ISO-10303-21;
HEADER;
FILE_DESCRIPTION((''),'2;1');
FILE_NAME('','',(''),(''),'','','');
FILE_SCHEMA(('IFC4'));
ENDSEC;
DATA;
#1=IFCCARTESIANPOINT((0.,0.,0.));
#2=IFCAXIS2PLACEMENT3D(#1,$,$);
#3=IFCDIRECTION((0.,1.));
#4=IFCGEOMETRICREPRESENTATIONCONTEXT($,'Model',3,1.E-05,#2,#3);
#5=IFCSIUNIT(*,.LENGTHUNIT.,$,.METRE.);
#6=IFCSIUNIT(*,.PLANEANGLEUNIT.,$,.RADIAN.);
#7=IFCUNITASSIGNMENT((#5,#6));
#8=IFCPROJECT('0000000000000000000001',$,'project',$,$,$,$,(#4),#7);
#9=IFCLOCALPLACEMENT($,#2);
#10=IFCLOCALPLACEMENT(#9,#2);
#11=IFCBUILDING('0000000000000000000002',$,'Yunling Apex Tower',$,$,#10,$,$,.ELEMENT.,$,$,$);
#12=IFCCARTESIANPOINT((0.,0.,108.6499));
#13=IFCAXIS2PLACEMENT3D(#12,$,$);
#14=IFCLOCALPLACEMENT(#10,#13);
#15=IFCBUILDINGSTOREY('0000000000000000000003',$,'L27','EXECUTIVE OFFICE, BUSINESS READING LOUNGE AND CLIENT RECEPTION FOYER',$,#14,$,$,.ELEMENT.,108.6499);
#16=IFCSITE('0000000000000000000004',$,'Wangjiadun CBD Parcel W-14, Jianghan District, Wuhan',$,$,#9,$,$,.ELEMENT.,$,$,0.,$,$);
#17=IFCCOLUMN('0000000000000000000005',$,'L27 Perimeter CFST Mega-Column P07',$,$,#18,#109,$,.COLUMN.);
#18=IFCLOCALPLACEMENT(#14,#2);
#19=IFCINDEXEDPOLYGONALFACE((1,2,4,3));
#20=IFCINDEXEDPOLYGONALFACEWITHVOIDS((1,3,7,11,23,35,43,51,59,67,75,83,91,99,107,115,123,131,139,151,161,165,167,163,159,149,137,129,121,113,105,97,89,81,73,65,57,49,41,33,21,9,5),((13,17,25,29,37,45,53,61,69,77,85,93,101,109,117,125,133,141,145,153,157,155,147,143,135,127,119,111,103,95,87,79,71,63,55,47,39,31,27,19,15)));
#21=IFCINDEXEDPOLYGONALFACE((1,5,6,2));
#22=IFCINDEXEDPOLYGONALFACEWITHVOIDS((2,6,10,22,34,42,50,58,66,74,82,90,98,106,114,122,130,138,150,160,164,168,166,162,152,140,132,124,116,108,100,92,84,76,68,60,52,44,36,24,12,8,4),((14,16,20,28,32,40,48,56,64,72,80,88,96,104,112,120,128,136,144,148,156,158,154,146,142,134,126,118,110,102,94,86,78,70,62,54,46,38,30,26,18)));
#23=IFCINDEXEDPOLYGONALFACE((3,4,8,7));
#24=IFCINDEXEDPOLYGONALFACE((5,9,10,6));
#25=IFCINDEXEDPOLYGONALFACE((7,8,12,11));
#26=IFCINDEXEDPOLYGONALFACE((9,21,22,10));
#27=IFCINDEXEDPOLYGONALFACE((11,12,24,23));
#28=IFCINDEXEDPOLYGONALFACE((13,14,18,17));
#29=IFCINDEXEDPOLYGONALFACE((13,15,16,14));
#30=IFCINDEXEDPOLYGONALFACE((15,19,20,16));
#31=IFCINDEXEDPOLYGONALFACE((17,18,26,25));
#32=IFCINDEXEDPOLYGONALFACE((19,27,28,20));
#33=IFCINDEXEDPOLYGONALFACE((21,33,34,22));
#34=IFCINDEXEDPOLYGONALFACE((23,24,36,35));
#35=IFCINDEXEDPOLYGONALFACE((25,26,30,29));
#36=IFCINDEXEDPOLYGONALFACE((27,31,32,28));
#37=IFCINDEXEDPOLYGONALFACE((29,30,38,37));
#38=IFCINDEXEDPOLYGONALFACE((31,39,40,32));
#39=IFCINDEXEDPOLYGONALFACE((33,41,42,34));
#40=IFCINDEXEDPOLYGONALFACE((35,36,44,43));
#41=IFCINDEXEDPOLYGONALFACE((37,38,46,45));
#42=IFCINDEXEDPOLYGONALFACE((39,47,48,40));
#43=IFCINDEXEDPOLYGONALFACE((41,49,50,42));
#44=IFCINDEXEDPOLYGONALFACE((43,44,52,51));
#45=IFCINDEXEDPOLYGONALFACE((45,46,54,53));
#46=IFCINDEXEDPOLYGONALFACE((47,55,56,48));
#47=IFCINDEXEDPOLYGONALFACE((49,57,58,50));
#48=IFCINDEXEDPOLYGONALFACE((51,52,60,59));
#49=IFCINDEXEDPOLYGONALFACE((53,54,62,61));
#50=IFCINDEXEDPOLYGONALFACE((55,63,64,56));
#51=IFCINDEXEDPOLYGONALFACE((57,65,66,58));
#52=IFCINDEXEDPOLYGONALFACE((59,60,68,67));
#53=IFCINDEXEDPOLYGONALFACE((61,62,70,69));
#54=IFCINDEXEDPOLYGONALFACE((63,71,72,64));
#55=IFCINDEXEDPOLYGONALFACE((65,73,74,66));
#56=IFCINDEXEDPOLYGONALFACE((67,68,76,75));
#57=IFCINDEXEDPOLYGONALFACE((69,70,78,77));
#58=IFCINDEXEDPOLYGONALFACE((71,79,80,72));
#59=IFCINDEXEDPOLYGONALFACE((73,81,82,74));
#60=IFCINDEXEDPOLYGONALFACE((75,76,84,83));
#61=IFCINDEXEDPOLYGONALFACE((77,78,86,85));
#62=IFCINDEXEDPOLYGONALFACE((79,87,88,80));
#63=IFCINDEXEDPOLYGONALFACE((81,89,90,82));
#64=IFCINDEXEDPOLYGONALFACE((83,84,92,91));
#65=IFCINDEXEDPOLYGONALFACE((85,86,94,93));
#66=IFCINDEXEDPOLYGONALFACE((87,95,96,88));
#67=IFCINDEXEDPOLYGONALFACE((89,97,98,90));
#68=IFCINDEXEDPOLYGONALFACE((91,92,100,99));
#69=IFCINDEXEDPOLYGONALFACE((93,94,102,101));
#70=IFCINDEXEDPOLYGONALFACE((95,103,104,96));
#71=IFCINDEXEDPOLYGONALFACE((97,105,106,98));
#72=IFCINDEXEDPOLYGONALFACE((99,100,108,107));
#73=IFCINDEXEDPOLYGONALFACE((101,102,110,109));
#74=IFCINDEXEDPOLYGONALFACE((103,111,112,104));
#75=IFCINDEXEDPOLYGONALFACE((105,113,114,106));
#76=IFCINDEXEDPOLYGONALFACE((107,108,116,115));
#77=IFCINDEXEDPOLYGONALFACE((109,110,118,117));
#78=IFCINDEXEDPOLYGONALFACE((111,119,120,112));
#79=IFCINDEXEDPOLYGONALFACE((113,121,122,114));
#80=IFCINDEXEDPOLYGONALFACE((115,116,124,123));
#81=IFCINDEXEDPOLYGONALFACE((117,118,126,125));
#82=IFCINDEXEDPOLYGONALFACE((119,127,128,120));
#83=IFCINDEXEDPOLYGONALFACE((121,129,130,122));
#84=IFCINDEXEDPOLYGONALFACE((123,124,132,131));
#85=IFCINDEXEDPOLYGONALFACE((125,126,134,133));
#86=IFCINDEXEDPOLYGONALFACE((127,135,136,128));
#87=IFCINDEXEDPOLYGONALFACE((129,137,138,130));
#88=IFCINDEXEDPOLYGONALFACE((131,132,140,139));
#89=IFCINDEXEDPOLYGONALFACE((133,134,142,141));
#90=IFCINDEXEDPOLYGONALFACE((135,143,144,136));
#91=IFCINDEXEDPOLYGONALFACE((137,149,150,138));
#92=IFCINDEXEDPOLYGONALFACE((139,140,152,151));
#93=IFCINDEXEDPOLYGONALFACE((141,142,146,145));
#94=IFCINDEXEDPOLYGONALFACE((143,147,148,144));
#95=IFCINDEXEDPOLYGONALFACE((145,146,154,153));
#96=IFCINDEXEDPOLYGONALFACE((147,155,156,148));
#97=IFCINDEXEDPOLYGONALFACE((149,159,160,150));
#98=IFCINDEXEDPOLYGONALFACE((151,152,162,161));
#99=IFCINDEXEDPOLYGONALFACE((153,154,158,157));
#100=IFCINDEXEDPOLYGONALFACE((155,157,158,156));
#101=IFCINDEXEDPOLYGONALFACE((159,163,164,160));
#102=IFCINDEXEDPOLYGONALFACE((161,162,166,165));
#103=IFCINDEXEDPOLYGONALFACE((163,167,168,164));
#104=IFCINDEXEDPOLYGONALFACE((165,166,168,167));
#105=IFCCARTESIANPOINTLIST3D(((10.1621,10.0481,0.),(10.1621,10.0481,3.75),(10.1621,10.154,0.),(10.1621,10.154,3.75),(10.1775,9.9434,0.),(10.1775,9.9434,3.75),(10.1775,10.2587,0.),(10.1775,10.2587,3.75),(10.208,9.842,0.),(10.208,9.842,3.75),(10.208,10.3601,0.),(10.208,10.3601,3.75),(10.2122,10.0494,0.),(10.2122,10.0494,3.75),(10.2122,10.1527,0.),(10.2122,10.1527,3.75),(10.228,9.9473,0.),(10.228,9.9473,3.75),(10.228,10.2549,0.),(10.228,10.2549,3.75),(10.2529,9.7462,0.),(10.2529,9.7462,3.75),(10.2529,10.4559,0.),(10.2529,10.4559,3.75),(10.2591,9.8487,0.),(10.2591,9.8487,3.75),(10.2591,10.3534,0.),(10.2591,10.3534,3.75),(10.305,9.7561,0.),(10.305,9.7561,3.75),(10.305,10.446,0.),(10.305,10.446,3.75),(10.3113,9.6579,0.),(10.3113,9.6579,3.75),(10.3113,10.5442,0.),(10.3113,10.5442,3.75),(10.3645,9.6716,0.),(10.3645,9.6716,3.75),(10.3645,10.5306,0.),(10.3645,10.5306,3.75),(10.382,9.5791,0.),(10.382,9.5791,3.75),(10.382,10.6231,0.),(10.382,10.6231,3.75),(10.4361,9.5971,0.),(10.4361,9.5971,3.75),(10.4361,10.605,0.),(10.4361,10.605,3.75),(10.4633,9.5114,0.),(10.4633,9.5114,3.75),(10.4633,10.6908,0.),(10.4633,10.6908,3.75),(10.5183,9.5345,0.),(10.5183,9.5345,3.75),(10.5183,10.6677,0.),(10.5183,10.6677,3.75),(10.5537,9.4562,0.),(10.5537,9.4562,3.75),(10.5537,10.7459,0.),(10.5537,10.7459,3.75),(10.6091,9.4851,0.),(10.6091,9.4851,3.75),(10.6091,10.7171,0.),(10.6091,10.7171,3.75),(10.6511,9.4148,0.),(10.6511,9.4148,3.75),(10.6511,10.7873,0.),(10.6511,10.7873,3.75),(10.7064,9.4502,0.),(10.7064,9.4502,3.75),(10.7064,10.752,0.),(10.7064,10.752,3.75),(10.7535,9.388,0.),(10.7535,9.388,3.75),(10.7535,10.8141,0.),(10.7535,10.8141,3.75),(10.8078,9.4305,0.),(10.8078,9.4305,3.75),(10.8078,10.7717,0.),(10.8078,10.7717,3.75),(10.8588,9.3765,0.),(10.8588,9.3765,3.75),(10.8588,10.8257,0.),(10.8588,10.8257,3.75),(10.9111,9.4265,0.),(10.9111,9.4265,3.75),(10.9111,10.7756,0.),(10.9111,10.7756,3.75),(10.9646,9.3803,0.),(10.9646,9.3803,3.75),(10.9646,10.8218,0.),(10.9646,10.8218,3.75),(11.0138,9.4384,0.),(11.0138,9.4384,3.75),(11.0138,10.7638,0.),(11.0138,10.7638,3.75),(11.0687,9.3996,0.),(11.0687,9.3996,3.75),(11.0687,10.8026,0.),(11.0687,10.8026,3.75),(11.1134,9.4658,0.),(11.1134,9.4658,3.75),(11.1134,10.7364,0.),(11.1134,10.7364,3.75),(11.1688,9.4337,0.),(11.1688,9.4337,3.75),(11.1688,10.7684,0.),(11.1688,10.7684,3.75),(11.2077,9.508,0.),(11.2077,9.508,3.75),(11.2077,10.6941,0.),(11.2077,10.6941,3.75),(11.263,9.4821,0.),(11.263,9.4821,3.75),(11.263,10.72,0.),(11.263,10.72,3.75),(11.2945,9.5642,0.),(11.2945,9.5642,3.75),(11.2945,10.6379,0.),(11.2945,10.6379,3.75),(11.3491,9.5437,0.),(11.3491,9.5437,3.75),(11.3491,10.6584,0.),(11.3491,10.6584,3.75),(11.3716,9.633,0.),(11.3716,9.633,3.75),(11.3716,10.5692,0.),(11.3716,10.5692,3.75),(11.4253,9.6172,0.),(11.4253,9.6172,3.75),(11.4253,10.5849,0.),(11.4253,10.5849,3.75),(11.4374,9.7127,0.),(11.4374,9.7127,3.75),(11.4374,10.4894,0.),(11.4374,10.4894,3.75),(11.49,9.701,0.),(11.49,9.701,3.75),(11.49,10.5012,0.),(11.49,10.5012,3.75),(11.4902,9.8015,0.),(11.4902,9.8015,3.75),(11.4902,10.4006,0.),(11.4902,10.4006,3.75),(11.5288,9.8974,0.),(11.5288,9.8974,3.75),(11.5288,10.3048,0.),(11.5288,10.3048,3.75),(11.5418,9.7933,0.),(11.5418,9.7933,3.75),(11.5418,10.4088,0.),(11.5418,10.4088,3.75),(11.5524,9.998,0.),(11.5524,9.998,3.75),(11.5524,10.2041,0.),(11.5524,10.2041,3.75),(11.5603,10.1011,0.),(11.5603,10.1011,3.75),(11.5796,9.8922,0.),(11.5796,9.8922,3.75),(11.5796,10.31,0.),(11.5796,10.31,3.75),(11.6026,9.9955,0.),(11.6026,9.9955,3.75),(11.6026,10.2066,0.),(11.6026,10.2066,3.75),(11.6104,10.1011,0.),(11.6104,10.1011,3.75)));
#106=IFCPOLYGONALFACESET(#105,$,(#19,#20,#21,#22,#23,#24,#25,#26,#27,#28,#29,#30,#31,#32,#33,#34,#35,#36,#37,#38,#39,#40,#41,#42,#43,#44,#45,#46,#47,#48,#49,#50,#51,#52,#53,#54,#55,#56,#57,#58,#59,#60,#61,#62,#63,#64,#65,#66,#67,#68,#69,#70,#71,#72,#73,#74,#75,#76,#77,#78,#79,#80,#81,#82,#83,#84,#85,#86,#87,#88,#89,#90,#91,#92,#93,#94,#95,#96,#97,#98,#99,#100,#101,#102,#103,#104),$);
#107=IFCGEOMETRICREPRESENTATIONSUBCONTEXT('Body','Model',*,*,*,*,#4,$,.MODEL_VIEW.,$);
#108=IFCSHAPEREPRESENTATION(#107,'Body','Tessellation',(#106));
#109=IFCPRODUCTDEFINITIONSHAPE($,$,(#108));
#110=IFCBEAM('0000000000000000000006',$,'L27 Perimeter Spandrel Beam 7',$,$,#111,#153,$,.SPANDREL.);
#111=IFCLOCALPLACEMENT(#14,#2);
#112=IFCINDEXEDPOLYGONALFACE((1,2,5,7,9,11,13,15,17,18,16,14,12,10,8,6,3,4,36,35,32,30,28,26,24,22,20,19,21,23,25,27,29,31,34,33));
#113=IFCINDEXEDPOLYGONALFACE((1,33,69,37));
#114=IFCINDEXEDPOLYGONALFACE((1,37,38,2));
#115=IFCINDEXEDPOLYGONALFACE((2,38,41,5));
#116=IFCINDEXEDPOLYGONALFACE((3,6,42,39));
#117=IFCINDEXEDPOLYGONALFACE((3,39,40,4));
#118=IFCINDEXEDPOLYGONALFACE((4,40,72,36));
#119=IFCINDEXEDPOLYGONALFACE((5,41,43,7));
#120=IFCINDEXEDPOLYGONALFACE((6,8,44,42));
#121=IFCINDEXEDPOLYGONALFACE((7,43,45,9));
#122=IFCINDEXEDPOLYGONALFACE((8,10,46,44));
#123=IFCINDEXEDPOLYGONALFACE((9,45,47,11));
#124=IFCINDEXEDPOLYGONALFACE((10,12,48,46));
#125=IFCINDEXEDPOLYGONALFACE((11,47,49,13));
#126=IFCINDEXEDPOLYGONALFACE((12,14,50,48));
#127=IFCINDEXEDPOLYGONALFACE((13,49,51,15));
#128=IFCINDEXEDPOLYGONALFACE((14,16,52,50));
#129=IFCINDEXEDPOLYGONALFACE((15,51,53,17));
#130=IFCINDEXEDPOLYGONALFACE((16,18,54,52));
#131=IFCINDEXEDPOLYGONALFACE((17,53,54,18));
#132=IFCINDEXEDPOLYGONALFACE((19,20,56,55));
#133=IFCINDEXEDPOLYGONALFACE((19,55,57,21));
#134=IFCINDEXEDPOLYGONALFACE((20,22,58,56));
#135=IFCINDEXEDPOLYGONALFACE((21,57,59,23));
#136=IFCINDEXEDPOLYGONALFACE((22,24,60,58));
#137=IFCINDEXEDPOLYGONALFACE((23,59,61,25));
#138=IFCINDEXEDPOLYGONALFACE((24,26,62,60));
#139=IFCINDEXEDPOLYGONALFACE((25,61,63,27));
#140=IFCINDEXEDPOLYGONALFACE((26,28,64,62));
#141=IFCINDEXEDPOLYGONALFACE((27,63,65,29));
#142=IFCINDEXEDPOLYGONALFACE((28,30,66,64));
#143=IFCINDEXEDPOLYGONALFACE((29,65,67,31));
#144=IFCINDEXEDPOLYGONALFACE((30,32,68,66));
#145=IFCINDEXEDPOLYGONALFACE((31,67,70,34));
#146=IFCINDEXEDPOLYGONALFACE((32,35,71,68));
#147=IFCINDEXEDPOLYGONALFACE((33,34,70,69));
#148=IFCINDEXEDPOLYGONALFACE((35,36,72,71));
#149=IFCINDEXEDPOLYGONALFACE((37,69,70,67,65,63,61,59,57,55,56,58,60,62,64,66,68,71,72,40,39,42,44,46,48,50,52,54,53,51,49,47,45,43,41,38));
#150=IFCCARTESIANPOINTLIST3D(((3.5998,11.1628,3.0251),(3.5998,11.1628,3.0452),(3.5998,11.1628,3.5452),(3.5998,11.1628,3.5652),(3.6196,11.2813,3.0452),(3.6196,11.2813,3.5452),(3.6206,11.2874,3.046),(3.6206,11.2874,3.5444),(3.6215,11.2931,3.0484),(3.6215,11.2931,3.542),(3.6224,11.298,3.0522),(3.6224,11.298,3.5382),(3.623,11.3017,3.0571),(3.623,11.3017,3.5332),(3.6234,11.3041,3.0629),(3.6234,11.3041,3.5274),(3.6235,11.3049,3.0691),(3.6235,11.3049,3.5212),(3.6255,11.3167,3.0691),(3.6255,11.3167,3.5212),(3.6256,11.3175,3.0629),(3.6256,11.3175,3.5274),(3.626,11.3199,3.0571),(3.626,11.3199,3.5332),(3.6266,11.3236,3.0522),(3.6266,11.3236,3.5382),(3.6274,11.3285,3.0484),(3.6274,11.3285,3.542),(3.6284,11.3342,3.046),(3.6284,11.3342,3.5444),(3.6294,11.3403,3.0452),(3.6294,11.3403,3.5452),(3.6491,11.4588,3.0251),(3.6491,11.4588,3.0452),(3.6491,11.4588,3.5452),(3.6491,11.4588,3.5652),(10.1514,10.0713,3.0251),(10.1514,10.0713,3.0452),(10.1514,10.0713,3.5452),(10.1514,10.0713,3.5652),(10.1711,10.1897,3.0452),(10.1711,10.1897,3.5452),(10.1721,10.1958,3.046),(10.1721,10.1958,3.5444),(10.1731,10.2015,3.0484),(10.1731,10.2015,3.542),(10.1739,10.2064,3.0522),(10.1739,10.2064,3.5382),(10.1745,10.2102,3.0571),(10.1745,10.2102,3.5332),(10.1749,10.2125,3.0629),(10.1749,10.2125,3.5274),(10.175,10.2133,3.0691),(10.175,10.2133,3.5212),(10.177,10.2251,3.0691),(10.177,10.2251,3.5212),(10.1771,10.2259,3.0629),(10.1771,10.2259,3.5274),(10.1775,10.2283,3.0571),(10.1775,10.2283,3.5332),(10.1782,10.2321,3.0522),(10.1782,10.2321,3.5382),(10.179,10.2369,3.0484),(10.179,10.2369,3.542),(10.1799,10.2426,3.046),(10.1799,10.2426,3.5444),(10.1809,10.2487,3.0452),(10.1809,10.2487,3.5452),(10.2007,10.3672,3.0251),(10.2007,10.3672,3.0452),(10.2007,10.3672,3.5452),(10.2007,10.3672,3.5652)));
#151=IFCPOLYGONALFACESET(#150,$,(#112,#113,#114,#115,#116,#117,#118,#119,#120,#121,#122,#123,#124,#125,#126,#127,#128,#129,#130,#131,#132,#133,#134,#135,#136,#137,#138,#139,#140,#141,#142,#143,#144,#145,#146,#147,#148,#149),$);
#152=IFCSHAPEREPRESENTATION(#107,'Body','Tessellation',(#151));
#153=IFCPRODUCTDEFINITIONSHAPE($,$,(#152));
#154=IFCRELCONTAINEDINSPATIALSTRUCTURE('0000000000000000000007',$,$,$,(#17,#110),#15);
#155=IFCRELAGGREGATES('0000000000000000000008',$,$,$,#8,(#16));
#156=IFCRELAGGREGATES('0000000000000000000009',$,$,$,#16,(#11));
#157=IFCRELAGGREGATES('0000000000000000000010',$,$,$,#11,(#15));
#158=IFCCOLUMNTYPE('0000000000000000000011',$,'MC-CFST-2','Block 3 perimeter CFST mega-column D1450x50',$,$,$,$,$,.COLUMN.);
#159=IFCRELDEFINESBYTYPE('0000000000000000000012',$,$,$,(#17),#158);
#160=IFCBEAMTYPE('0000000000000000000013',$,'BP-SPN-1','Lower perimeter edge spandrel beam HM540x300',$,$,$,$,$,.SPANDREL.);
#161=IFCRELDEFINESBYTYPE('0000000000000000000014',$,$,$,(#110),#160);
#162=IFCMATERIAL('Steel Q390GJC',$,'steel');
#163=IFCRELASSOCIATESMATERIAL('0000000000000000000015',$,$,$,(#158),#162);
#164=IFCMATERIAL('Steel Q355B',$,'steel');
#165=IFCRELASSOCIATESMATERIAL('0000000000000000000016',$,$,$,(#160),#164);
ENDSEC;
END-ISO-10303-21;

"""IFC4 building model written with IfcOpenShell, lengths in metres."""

from ifc_helpers import new_model, si_unit, direction, frame, origin, origin_2d, place, context, subcontext, project, spatial, hollow_circle, i_section, extrude, source, transform, mapped, material, material_profile, profile_set, type_object, element, save


model = new_model("IFC4")

# Units and contexts
model_context = context("Model", 3, precision=1e-05, world=origin(), true_north=direction((0.0, 1.0)))
body_context = subcontext(model_context, "Body", "Model", "MODEL_VIEW")
ifc_project = project(units=[si_unit("LENGTHUNIT", "METRE"), si_unit("PLANEANGLEUNIT", "RADIAN")], contexts=[model_context])

# Site, building, storey
site_placement = place(None, origin())
site = spatial("IfcSite", under=ifc_project, at=site_placement, Name="Wangjiadun CBD Parcel W-14, Jianghan District, Wuhan", CompositionType="ELEMENT", RefElevation=0.0)
building_placement = place(site_placement, origin())
building = spatial("IfcBuilding", under=site, at=building_placement, Name="Yunling Apex Tower", CompositionType="ELEMENT")
storey_placement = place(building_placement, frame((0.0, 0.0, 108.6499)))
storey = spatial("IfcBuildingStorey", under=building, at=storey_placement, Name="L27", Description="EXECUTIVE OFFICE, BUSINESS READING LOUNGE AND CLIENT RECEPTION FOYER", CompositionType="ELEMENT", Elevation=108.6499)

# Column
ifc_material_1 = material(Name="Steel Q390GJC", Category="steel")
ifc_material_profile_1 = material_profile(ifc_material_1, hollow_circle(Radius=0.7251, WallThickness=0.05, at=origin_2d()))
ifc_profile_set_1 = profile_set([ifc_material_profile_1], Name="Steel Q390GJC")
column_type = type_object("IfcColumnType", Name="MC-CFST-2", Description="Block 3 perimeter CFST mega-column D1450x50", PredefinedType="COLUMN", material=ifc_profile_set_1)
shared_shape_1 = source(origin(), body_context, "Body", "SweptSolid", [
    extrude(hollow_circle(Radius=0.7251, WallThickness=0.05, at=origin_2d()), origin(), (0.0, 0.0, 1.0), 3.75),
])
column_placement = place(storey_placement, frame((10.8853, 10.1011, 0.0), z_axis=(0.0, 0.0, 1.0), x_axis=(1.0, 0.0, 0.0)))
element("IfcColumn", 1, at=column_placement, inside=storey, type_object=column_type, Name="L27 Perimeter CFST Mega-Column P07", PredefinedType="COLUMN", context=body_context, shape_type="MappedRepresentation", body=[
    mapped(shared_shape_1, transform((0.0, 0.0, 0.0), scale=1.0)),
])

# Beam
ifc_material_2 = material(Name="Steel Q355B", Category="steel")
ifc_material_profile_2 = material_profile(ifc_material_2, i_section(OverallWidth=0.3, OverallDepth=0.54, WebThickness=0.012, FlangeThickness=0.02, FilletRadius=0.0239, at=origin_2d()))
ifc_profile_set_2 = profile_set([ifc_material_profile_2], Name="Steel Q355B")
beam_type_1 = type_object("IfcBeamType", Name="BP-SPN-1", Description="Lower perimeter edge spandrel beam HM540x300", PredefinedType="SPANDREL", material=ifc_profile_set_2)
shared_shape_2 = source(origin(), body_context, "Body", "SweptSolid", [
    extrude(i_section(OverallWidth=0.3, OverallDepth=0.54, WebThickness=0.012, FlangeThickness=0.02, FilletRadius=0.0239, at=origin_2d()), origin(), (0.0, 0.0, 1.0), 6.6418),
])
beam_1_placement = place(storey_placement, frame((10.176, 10.2192, 3.2952), z_axis=(-0.986403, 0.164345, 0.0), x_axis=(-0.164345, -0.986403, 0.0)))
element("IfcBeam", 2, at=beam_1_placement, inside=storey, type_object=beam_type_1, Name="L27 Perimeter Spandrel Beam 7", PredefinedType="SPANDREL", context=body_context, shape_type="MappedRepresentation", body=[
    mapped(shared_shape_2, transform((0.0, 0.0, 0.0), scale=1.0)),
])

save(model, "model.ifc")
